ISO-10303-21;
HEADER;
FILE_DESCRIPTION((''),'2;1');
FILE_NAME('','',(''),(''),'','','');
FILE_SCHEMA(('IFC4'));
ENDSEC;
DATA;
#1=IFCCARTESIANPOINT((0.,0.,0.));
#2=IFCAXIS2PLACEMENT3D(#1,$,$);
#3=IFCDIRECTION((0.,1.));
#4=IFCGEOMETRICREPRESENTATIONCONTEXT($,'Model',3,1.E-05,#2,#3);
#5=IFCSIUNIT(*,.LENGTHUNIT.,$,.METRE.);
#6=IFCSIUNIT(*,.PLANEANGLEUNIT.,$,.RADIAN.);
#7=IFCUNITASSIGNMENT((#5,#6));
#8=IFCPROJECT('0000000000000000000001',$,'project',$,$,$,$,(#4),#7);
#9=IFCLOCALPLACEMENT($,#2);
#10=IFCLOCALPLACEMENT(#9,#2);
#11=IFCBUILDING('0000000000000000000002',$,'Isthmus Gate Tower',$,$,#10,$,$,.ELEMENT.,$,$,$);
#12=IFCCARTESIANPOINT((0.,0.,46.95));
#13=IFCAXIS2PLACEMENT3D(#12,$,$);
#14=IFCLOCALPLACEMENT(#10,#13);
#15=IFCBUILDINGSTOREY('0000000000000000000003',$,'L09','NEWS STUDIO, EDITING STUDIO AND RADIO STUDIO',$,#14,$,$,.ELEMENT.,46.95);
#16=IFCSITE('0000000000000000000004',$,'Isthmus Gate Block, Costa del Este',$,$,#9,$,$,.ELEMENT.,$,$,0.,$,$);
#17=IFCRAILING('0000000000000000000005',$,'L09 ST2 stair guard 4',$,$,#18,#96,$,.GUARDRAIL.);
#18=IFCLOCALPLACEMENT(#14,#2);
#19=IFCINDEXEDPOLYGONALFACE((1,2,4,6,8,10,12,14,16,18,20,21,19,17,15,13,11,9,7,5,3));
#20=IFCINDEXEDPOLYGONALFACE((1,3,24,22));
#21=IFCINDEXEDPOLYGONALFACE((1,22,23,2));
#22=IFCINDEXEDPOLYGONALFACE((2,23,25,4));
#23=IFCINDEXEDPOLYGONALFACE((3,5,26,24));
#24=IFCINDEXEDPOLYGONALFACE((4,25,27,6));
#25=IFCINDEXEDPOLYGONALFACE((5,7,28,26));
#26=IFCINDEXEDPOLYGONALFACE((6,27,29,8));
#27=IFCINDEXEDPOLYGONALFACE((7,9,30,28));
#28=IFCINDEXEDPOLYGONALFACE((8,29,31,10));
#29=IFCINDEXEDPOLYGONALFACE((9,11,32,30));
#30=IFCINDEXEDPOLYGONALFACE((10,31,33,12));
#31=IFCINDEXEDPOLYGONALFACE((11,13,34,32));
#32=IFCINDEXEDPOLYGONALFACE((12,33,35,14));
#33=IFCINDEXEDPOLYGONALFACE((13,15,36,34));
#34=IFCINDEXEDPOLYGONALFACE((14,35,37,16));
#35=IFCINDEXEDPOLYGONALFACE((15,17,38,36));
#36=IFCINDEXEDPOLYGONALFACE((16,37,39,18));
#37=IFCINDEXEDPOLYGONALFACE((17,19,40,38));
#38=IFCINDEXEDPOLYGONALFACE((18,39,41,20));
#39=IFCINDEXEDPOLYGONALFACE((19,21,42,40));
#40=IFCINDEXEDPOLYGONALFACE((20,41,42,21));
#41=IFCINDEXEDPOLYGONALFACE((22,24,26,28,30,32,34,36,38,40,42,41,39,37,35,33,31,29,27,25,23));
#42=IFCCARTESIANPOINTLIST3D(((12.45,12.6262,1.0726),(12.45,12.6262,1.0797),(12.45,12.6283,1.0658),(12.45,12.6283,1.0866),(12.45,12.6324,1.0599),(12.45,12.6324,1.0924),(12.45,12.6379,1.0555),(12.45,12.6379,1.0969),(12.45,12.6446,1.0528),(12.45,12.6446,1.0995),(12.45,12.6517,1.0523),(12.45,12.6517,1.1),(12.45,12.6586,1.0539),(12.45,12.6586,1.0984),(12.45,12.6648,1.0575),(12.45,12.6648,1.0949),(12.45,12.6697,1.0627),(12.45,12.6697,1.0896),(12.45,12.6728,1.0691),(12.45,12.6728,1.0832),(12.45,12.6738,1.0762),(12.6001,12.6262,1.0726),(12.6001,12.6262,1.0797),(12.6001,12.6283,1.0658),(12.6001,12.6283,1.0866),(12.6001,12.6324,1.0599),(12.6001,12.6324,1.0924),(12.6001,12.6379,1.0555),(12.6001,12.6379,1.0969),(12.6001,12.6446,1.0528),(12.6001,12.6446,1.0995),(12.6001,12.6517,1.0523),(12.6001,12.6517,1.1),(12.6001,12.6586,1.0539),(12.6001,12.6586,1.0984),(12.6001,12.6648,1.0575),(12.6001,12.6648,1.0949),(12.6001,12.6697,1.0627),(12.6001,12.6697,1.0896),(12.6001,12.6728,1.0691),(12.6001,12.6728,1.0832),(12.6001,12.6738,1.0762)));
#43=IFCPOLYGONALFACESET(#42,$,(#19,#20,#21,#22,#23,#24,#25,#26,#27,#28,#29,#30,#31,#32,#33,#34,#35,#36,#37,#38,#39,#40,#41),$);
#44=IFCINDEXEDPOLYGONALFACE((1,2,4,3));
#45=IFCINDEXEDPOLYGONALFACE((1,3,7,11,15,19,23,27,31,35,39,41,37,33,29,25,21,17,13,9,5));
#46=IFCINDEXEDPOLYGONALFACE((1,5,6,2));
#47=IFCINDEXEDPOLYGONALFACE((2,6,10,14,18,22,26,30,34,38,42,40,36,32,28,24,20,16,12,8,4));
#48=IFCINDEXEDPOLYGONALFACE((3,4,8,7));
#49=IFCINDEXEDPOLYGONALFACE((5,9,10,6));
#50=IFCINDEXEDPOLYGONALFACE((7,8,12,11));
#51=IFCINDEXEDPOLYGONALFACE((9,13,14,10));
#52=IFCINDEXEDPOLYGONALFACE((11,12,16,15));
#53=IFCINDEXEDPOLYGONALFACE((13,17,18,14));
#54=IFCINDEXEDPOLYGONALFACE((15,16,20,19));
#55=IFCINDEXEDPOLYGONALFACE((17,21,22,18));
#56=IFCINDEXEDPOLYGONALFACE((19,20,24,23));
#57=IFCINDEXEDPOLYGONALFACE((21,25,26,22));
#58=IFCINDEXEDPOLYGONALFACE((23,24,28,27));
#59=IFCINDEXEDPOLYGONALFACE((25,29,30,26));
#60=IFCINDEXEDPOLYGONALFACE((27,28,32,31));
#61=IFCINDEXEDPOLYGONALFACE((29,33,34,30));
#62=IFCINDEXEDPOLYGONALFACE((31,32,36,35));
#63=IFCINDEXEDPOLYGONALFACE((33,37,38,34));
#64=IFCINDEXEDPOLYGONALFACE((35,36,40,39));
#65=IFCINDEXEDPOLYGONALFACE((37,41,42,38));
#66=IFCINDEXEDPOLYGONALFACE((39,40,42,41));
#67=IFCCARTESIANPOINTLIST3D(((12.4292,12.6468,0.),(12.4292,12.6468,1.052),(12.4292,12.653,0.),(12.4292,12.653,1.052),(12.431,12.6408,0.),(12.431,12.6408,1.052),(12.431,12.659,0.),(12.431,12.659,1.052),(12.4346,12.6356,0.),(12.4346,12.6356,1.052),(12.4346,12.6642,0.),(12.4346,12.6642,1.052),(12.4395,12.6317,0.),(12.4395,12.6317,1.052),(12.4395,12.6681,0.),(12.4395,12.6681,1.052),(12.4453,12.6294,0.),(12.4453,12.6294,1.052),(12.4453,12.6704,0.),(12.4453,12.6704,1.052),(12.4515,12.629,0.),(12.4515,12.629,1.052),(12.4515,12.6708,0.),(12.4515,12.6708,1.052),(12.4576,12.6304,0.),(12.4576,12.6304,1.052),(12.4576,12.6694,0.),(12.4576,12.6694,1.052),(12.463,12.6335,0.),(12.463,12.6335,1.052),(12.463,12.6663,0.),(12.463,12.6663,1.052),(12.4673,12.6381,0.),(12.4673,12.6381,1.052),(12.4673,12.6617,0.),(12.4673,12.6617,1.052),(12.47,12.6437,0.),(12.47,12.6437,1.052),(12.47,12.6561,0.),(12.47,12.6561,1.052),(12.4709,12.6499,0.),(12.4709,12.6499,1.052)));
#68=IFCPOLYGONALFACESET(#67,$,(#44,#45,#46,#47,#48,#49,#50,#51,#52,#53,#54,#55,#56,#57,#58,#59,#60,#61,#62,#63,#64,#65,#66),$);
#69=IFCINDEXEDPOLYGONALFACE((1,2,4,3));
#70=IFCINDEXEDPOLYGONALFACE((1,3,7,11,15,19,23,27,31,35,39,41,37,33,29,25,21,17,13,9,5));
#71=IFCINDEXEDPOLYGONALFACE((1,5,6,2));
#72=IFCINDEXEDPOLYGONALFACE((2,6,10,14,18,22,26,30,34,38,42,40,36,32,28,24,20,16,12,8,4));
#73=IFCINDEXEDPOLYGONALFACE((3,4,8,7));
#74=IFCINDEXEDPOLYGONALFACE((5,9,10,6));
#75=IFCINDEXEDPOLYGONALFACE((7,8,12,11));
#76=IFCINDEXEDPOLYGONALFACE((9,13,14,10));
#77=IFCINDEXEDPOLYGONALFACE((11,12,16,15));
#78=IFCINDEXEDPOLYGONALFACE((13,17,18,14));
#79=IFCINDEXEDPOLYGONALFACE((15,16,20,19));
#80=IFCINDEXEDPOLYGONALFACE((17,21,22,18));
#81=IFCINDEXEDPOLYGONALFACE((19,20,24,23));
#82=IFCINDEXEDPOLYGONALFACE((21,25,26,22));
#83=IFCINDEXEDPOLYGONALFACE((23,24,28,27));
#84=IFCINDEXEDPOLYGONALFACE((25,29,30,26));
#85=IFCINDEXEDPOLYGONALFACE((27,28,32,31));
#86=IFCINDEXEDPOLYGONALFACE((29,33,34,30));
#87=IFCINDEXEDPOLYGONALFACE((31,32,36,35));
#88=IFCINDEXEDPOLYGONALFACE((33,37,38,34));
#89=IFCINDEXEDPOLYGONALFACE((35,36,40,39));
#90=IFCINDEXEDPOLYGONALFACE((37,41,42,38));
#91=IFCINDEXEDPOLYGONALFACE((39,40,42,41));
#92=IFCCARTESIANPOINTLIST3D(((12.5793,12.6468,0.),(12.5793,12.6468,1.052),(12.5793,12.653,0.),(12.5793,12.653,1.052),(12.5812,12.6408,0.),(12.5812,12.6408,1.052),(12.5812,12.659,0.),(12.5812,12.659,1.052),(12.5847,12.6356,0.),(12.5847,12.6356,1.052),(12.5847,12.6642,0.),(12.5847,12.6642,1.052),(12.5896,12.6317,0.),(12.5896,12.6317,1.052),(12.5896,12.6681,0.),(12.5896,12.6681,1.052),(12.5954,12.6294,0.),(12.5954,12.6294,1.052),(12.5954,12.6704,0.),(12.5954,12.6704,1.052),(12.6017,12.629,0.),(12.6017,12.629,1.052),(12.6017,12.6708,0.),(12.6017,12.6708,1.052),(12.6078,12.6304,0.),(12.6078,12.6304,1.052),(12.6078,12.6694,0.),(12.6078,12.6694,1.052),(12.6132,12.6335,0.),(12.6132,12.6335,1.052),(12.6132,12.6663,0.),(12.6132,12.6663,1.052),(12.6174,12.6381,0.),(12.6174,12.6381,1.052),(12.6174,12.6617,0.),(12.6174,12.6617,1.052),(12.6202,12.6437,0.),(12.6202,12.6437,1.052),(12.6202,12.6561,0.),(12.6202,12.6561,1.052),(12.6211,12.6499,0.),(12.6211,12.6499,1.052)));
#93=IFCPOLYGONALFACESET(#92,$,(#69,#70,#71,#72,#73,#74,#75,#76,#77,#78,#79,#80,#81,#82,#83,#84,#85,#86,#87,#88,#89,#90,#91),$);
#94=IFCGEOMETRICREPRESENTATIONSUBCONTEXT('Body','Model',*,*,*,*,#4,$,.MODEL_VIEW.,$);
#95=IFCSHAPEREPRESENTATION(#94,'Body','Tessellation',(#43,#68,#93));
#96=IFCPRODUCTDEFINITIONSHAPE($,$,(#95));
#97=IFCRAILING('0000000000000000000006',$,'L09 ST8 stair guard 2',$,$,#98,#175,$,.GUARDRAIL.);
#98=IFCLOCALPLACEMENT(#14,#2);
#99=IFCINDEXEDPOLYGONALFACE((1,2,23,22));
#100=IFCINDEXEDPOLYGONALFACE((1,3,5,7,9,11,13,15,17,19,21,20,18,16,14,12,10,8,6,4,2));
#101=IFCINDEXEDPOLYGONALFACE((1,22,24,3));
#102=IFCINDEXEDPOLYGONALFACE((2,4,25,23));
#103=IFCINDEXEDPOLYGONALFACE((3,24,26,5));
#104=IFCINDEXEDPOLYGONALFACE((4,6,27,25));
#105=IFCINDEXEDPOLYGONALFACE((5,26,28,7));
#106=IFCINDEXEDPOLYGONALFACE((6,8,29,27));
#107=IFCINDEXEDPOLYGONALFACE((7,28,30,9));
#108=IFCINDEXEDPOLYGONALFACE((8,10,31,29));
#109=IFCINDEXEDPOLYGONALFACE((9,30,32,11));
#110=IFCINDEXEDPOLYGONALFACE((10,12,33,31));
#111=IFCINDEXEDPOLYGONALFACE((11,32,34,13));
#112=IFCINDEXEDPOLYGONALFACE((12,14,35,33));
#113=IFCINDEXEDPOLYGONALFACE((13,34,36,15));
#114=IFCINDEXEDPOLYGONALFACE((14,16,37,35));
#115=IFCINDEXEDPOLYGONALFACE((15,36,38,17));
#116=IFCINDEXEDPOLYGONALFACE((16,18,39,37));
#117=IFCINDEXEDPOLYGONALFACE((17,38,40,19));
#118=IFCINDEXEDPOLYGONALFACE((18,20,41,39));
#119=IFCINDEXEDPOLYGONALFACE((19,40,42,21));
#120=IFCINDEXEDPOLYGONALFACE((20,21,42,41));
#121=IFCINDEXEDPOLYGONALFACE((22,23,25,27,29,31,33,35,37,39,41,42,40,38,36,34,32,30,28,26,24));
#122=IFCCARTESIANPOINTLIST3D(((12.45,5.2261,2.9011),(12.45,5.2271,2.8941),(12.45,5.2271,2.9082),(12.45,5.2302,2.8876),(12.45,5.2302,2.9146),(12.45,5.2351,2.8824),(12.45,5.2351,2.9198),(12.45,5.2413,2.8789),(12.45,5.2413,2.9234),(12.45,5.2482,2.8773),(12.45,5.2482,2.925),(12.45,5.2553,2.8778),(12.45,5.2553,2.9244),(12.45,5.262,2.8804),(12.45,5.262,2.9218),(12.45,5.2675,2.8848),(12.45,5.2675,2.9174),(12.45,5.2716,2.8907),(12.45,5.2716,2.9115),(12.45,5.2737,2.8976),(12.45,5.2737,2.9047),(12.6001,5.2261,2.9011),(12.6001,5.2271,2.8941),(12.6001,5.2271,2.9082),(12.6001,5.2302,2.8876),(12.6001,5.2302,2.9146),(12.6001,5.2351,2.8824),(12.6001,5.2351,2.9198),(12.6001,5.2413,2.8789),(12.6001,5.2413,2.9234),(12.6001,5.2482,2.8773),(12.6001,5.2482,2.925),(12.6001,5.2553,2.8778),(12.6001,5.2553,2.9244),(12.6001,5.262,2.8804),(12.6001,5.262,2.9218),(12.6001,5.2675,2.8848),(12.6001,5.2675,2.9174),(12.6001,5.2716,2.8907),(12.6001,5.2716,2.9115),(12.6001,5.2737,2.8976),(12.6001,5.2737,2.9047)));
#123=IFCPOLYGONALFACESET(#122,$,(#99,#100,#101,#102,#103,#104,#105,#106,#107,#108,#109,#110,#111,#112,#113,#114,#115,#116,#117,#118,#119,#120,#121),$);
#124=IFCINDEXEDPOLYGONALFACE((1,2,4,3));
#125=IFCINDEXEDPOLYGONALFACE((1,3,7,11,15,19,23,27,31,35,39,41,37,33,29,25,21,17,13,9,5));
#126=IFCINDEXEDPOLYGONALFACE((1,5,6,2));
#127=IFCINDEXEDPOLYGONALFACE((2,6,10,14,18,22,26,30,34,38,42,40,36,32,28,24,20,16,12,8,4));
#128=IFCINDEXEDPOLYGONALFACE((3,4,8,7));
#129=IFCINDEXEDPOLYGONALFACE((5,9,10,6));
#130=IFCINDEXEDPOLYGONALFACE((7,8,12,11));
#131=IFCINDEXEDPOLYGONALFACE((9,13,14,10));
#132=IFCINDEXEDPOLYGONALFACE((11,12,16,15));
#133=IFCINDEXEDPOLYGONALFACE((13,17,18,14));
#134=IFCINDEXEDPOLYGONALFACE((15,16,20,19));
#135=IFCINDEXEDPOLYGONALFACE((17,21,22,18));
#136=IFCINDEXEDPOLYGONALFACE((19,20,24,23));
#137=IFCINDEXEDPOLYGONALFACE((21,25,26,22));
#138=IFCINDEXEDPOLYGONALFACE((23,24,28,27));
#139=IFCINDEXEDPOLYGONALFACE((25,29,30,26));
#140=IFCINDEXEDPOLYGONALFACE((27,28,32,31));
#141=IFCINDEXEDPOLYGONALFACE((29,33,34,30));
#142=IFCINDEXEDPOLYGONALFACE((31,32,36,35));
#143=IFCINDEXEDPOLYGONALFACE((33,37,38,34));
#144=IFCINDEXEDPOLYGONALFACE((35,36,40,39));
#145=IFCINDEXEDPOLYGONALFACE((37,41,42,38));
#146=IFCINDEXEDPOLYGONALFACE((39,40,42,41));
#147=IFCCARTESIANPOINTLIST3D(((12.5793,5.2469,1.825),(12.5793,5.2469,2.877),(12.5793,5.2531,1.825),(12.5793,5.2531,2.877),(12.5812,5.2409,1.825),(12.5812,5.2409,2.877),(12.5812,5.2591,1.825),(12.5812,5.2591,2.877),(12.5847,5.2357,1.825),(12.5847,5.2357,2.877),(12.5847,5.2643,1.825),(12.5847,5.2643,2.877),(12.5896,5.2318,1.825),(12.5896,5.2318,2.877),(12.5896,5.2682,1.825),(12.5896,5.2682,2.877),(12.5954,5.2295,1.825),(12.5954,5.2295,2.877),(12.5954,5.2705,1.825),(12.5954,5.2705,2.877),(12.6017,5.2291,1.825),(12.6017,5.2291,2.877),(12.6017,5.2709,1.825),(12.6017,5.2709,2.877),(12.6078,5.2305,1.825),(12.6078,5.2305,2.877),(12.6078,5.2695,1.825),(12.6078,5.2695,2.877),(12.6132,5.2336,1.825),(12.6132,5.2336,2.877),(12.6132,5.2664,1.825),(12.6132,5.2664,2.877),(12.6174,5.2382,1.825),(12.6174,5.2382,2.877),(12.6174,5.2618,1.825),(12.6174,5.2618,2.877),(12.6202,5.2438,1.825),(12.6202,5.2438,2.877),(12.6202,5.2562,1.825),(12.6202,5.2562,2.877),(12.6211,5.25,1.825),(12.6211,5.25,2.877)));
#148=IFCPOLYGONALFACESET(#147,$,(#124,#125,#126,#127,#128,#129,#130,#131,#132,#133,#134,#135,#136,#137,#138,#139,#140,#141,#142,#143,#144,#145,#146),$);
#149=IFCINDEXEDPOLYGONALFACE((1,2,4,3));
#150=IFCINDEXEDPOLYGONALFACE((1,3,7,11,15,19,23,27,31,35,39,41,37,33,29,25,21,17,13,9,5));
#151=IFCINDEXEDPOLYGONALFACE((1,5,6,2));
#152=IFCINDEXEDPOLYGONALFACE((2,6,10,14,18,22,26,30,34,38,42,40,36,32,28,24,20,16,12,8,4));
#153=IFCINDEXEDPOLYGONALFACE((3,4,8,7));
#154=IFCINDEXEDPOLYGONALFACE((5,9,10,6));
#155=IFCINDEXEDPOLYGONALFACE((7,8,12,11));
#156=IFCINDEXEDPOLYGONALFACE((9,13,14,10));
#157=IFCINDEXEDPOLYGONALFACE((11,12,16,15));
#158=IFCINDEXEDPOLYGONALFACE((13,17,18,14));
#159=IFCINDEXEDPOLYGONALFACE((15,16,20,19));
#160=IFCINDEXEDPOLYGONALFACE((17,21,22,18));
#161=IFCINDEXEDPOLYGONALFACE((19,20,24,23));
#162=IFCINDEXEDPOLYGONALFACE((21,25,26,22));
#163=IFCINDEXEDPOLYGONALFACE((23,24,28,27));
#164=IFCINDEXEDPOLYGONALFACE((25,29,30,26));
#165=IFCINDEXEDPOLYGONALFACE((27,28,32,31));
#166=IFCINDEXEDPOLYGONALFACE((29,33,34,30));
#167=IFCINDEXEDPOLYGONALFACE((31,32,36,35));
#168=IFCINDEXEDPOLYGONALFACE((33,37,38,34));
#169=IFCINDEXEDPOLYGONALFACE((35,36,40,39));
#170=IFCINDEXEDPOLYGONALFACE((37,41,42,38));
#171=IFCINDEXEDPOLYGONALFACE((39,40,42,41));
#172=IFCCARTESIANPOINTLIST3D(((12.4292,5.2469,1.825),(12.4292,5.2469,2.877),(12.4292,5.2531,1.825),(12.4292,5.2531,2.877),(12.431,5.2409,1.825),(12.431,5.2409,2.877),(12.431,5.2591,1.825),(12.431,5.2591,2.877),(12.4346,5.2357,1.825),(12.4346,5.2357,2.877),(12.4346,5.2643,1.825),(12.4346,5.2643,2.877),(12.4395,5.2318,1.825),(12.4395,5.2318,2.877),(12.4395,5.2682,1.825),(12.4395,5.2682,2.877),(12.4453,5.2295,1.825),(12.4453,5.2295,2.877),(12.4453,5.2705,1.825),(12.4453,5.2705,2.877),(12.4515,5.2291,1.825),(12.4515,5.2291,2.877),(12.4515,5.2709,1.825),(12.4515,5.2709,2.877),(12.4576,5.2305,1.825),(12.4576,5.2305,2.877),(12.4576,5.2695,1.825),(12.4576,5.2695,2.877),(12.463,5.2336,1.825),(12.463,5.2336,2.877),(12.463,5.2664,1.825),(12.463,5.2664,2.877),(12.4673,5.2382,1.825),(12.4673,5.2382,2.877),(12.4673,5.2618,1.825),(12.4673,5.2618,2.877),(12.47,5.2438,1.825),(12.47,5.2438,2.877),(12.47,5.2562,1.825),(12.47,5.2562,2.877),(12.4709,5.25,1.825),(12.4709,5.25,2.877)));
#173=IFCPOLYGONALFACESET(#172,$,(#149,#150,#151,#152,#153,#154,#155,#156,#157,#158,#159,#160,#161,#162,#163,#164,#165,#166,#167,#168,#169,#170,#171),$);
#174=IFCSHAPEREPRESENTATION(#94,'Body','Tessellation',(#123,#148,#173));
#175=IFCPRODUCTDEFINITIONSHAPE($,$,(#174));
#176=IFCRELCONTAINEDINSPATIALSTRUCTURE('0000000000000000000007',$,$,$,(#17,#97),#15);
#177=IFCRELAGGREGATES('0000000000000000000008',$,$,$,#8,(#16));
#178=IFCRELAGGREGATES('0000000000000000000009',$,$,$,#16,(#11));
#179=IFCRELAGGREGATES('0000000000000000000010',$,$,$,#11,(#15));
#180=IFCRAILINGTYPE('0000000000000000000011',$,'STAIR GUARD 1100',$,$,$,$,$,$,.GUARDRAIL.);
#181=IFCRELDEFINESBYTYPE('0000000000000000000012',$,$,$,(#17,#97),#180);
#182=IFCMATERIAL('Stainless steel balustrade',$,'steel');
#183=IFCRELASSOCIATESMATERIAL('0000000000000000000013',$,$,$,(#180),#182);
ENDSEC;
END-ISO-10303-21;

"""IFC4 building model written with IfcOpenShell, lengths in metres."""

from ifc_helpers import new_model, si_unit, direction, frame, origin, origin_2d, place, context, subcontext, project, spatial, circle, extrude, material, type_object, element, save


model = new_model("IFC4")

# Units and contexts
model_context = context("Model", 3, precision=1e-05, world=origin(), true_north=direction((0.0, 1.0)))
body_context = subcontext(model_context, "Body", "Model", "MODEL_VIEW")
ifc_project = project(units=[si_unit("LENGTHUNIT", "METRE"), si_unit("PLANEANGLEUNIT", "RADIAN")], contexts=[model_context])

# Site, building, storey
site_placement = place(None, origin())
site = spatial("IfcSite", under=ifc_project, at=site_placement, Name="Isthmus Gate Block, Costa del Este", CompositionType="ELEMENT", RefElevation=0.0)
building_placement = place(site_placement, origin())
building = spatial("IfcBuilding", under=site, at=building_placement, Name="Isthmus Gate Tower", CompositionType="ELEMENT")
storey_placement = place(building_placement, frame((0.0, 0.0, 46.95)))
storey = spatial("IfcBuildingStorey", under=building, at=storey_placement, Name="L09", Description="NEWS STUDIO, EDITING STUDIO AND RADIO STUDIO", CompositionType="ELEMENT", Elevation=46.95)

# Railings
ifc_material_1 = material(Name="Stainless steel balustrade", Category="steel")
railing_type_1 = type_object("IfcRailingType", Name="STAIR GUARD 1100", PredefinedType="GUARDRAIL", material=ifc_material_1)
railing_1_placement = place(storey_placement, frame((12.45, 12.6499, 0.0)))
element("IfcRailing", 1, at=railing_1_placement, inside=storey, type_object=railing_type_1, Name="L09 ST2 stair guard 4", PredefinedType="GUARDRAIL", context=body_context, shape_type="SweptSolid", body=[
    extrude(circle(Radius=0.0239, at=origin_2d()), frame((0.0, 0.0, 1.0762), z_axis=(1.0, 0.0, 0.0), x_axis=(0.0, 1.0, 0.0)), (0.0, 0.0, 1.0), 0.1501),
    extrude(circle(Radius=0.021, at=origin_2d()), origin(), (0.0, 0.0, 1.0), 1.052),
    extrude(circle(Radius=0.021, at=origin_2d()), frame((0.1501, 0.0, 0.0)), (0.0, 0.0, 1.0), 1.052),
])
railing_2_placement = place(storey_placement, frame((12.6001, 5.25, 1.825)))
element("IfcRailing", 2, at=railing_2_placement, inside=storey, type_object=railing_type_1, Name="L09 ST8 stair guard 2", PredefinedType="GUARDRAIL", context=body_context, shape_type="SweptSolid", body=[
    extrude(circle(Radius=0.0239, at=origin_2d()), frame((0.0, 0.0, 1.0762), z_axis=(-1.0, 0.0, 0.0), x_axis=(0.0, -1.0, 0.0)), (0.0, 0.0, 1.0), 0.1501),
    extrude(circle(Radius=0.021, at=origin_2d()), origin(), (0.0, 0.0, 1.0), 1.052),
    extrude(circle(Radius=0.021, at=origin_2d()), frame((-0.1501, 0.0, 0.0)), (0.0, 0.0, 1.0), 1.052),
])

save(model, "model.ifc")
